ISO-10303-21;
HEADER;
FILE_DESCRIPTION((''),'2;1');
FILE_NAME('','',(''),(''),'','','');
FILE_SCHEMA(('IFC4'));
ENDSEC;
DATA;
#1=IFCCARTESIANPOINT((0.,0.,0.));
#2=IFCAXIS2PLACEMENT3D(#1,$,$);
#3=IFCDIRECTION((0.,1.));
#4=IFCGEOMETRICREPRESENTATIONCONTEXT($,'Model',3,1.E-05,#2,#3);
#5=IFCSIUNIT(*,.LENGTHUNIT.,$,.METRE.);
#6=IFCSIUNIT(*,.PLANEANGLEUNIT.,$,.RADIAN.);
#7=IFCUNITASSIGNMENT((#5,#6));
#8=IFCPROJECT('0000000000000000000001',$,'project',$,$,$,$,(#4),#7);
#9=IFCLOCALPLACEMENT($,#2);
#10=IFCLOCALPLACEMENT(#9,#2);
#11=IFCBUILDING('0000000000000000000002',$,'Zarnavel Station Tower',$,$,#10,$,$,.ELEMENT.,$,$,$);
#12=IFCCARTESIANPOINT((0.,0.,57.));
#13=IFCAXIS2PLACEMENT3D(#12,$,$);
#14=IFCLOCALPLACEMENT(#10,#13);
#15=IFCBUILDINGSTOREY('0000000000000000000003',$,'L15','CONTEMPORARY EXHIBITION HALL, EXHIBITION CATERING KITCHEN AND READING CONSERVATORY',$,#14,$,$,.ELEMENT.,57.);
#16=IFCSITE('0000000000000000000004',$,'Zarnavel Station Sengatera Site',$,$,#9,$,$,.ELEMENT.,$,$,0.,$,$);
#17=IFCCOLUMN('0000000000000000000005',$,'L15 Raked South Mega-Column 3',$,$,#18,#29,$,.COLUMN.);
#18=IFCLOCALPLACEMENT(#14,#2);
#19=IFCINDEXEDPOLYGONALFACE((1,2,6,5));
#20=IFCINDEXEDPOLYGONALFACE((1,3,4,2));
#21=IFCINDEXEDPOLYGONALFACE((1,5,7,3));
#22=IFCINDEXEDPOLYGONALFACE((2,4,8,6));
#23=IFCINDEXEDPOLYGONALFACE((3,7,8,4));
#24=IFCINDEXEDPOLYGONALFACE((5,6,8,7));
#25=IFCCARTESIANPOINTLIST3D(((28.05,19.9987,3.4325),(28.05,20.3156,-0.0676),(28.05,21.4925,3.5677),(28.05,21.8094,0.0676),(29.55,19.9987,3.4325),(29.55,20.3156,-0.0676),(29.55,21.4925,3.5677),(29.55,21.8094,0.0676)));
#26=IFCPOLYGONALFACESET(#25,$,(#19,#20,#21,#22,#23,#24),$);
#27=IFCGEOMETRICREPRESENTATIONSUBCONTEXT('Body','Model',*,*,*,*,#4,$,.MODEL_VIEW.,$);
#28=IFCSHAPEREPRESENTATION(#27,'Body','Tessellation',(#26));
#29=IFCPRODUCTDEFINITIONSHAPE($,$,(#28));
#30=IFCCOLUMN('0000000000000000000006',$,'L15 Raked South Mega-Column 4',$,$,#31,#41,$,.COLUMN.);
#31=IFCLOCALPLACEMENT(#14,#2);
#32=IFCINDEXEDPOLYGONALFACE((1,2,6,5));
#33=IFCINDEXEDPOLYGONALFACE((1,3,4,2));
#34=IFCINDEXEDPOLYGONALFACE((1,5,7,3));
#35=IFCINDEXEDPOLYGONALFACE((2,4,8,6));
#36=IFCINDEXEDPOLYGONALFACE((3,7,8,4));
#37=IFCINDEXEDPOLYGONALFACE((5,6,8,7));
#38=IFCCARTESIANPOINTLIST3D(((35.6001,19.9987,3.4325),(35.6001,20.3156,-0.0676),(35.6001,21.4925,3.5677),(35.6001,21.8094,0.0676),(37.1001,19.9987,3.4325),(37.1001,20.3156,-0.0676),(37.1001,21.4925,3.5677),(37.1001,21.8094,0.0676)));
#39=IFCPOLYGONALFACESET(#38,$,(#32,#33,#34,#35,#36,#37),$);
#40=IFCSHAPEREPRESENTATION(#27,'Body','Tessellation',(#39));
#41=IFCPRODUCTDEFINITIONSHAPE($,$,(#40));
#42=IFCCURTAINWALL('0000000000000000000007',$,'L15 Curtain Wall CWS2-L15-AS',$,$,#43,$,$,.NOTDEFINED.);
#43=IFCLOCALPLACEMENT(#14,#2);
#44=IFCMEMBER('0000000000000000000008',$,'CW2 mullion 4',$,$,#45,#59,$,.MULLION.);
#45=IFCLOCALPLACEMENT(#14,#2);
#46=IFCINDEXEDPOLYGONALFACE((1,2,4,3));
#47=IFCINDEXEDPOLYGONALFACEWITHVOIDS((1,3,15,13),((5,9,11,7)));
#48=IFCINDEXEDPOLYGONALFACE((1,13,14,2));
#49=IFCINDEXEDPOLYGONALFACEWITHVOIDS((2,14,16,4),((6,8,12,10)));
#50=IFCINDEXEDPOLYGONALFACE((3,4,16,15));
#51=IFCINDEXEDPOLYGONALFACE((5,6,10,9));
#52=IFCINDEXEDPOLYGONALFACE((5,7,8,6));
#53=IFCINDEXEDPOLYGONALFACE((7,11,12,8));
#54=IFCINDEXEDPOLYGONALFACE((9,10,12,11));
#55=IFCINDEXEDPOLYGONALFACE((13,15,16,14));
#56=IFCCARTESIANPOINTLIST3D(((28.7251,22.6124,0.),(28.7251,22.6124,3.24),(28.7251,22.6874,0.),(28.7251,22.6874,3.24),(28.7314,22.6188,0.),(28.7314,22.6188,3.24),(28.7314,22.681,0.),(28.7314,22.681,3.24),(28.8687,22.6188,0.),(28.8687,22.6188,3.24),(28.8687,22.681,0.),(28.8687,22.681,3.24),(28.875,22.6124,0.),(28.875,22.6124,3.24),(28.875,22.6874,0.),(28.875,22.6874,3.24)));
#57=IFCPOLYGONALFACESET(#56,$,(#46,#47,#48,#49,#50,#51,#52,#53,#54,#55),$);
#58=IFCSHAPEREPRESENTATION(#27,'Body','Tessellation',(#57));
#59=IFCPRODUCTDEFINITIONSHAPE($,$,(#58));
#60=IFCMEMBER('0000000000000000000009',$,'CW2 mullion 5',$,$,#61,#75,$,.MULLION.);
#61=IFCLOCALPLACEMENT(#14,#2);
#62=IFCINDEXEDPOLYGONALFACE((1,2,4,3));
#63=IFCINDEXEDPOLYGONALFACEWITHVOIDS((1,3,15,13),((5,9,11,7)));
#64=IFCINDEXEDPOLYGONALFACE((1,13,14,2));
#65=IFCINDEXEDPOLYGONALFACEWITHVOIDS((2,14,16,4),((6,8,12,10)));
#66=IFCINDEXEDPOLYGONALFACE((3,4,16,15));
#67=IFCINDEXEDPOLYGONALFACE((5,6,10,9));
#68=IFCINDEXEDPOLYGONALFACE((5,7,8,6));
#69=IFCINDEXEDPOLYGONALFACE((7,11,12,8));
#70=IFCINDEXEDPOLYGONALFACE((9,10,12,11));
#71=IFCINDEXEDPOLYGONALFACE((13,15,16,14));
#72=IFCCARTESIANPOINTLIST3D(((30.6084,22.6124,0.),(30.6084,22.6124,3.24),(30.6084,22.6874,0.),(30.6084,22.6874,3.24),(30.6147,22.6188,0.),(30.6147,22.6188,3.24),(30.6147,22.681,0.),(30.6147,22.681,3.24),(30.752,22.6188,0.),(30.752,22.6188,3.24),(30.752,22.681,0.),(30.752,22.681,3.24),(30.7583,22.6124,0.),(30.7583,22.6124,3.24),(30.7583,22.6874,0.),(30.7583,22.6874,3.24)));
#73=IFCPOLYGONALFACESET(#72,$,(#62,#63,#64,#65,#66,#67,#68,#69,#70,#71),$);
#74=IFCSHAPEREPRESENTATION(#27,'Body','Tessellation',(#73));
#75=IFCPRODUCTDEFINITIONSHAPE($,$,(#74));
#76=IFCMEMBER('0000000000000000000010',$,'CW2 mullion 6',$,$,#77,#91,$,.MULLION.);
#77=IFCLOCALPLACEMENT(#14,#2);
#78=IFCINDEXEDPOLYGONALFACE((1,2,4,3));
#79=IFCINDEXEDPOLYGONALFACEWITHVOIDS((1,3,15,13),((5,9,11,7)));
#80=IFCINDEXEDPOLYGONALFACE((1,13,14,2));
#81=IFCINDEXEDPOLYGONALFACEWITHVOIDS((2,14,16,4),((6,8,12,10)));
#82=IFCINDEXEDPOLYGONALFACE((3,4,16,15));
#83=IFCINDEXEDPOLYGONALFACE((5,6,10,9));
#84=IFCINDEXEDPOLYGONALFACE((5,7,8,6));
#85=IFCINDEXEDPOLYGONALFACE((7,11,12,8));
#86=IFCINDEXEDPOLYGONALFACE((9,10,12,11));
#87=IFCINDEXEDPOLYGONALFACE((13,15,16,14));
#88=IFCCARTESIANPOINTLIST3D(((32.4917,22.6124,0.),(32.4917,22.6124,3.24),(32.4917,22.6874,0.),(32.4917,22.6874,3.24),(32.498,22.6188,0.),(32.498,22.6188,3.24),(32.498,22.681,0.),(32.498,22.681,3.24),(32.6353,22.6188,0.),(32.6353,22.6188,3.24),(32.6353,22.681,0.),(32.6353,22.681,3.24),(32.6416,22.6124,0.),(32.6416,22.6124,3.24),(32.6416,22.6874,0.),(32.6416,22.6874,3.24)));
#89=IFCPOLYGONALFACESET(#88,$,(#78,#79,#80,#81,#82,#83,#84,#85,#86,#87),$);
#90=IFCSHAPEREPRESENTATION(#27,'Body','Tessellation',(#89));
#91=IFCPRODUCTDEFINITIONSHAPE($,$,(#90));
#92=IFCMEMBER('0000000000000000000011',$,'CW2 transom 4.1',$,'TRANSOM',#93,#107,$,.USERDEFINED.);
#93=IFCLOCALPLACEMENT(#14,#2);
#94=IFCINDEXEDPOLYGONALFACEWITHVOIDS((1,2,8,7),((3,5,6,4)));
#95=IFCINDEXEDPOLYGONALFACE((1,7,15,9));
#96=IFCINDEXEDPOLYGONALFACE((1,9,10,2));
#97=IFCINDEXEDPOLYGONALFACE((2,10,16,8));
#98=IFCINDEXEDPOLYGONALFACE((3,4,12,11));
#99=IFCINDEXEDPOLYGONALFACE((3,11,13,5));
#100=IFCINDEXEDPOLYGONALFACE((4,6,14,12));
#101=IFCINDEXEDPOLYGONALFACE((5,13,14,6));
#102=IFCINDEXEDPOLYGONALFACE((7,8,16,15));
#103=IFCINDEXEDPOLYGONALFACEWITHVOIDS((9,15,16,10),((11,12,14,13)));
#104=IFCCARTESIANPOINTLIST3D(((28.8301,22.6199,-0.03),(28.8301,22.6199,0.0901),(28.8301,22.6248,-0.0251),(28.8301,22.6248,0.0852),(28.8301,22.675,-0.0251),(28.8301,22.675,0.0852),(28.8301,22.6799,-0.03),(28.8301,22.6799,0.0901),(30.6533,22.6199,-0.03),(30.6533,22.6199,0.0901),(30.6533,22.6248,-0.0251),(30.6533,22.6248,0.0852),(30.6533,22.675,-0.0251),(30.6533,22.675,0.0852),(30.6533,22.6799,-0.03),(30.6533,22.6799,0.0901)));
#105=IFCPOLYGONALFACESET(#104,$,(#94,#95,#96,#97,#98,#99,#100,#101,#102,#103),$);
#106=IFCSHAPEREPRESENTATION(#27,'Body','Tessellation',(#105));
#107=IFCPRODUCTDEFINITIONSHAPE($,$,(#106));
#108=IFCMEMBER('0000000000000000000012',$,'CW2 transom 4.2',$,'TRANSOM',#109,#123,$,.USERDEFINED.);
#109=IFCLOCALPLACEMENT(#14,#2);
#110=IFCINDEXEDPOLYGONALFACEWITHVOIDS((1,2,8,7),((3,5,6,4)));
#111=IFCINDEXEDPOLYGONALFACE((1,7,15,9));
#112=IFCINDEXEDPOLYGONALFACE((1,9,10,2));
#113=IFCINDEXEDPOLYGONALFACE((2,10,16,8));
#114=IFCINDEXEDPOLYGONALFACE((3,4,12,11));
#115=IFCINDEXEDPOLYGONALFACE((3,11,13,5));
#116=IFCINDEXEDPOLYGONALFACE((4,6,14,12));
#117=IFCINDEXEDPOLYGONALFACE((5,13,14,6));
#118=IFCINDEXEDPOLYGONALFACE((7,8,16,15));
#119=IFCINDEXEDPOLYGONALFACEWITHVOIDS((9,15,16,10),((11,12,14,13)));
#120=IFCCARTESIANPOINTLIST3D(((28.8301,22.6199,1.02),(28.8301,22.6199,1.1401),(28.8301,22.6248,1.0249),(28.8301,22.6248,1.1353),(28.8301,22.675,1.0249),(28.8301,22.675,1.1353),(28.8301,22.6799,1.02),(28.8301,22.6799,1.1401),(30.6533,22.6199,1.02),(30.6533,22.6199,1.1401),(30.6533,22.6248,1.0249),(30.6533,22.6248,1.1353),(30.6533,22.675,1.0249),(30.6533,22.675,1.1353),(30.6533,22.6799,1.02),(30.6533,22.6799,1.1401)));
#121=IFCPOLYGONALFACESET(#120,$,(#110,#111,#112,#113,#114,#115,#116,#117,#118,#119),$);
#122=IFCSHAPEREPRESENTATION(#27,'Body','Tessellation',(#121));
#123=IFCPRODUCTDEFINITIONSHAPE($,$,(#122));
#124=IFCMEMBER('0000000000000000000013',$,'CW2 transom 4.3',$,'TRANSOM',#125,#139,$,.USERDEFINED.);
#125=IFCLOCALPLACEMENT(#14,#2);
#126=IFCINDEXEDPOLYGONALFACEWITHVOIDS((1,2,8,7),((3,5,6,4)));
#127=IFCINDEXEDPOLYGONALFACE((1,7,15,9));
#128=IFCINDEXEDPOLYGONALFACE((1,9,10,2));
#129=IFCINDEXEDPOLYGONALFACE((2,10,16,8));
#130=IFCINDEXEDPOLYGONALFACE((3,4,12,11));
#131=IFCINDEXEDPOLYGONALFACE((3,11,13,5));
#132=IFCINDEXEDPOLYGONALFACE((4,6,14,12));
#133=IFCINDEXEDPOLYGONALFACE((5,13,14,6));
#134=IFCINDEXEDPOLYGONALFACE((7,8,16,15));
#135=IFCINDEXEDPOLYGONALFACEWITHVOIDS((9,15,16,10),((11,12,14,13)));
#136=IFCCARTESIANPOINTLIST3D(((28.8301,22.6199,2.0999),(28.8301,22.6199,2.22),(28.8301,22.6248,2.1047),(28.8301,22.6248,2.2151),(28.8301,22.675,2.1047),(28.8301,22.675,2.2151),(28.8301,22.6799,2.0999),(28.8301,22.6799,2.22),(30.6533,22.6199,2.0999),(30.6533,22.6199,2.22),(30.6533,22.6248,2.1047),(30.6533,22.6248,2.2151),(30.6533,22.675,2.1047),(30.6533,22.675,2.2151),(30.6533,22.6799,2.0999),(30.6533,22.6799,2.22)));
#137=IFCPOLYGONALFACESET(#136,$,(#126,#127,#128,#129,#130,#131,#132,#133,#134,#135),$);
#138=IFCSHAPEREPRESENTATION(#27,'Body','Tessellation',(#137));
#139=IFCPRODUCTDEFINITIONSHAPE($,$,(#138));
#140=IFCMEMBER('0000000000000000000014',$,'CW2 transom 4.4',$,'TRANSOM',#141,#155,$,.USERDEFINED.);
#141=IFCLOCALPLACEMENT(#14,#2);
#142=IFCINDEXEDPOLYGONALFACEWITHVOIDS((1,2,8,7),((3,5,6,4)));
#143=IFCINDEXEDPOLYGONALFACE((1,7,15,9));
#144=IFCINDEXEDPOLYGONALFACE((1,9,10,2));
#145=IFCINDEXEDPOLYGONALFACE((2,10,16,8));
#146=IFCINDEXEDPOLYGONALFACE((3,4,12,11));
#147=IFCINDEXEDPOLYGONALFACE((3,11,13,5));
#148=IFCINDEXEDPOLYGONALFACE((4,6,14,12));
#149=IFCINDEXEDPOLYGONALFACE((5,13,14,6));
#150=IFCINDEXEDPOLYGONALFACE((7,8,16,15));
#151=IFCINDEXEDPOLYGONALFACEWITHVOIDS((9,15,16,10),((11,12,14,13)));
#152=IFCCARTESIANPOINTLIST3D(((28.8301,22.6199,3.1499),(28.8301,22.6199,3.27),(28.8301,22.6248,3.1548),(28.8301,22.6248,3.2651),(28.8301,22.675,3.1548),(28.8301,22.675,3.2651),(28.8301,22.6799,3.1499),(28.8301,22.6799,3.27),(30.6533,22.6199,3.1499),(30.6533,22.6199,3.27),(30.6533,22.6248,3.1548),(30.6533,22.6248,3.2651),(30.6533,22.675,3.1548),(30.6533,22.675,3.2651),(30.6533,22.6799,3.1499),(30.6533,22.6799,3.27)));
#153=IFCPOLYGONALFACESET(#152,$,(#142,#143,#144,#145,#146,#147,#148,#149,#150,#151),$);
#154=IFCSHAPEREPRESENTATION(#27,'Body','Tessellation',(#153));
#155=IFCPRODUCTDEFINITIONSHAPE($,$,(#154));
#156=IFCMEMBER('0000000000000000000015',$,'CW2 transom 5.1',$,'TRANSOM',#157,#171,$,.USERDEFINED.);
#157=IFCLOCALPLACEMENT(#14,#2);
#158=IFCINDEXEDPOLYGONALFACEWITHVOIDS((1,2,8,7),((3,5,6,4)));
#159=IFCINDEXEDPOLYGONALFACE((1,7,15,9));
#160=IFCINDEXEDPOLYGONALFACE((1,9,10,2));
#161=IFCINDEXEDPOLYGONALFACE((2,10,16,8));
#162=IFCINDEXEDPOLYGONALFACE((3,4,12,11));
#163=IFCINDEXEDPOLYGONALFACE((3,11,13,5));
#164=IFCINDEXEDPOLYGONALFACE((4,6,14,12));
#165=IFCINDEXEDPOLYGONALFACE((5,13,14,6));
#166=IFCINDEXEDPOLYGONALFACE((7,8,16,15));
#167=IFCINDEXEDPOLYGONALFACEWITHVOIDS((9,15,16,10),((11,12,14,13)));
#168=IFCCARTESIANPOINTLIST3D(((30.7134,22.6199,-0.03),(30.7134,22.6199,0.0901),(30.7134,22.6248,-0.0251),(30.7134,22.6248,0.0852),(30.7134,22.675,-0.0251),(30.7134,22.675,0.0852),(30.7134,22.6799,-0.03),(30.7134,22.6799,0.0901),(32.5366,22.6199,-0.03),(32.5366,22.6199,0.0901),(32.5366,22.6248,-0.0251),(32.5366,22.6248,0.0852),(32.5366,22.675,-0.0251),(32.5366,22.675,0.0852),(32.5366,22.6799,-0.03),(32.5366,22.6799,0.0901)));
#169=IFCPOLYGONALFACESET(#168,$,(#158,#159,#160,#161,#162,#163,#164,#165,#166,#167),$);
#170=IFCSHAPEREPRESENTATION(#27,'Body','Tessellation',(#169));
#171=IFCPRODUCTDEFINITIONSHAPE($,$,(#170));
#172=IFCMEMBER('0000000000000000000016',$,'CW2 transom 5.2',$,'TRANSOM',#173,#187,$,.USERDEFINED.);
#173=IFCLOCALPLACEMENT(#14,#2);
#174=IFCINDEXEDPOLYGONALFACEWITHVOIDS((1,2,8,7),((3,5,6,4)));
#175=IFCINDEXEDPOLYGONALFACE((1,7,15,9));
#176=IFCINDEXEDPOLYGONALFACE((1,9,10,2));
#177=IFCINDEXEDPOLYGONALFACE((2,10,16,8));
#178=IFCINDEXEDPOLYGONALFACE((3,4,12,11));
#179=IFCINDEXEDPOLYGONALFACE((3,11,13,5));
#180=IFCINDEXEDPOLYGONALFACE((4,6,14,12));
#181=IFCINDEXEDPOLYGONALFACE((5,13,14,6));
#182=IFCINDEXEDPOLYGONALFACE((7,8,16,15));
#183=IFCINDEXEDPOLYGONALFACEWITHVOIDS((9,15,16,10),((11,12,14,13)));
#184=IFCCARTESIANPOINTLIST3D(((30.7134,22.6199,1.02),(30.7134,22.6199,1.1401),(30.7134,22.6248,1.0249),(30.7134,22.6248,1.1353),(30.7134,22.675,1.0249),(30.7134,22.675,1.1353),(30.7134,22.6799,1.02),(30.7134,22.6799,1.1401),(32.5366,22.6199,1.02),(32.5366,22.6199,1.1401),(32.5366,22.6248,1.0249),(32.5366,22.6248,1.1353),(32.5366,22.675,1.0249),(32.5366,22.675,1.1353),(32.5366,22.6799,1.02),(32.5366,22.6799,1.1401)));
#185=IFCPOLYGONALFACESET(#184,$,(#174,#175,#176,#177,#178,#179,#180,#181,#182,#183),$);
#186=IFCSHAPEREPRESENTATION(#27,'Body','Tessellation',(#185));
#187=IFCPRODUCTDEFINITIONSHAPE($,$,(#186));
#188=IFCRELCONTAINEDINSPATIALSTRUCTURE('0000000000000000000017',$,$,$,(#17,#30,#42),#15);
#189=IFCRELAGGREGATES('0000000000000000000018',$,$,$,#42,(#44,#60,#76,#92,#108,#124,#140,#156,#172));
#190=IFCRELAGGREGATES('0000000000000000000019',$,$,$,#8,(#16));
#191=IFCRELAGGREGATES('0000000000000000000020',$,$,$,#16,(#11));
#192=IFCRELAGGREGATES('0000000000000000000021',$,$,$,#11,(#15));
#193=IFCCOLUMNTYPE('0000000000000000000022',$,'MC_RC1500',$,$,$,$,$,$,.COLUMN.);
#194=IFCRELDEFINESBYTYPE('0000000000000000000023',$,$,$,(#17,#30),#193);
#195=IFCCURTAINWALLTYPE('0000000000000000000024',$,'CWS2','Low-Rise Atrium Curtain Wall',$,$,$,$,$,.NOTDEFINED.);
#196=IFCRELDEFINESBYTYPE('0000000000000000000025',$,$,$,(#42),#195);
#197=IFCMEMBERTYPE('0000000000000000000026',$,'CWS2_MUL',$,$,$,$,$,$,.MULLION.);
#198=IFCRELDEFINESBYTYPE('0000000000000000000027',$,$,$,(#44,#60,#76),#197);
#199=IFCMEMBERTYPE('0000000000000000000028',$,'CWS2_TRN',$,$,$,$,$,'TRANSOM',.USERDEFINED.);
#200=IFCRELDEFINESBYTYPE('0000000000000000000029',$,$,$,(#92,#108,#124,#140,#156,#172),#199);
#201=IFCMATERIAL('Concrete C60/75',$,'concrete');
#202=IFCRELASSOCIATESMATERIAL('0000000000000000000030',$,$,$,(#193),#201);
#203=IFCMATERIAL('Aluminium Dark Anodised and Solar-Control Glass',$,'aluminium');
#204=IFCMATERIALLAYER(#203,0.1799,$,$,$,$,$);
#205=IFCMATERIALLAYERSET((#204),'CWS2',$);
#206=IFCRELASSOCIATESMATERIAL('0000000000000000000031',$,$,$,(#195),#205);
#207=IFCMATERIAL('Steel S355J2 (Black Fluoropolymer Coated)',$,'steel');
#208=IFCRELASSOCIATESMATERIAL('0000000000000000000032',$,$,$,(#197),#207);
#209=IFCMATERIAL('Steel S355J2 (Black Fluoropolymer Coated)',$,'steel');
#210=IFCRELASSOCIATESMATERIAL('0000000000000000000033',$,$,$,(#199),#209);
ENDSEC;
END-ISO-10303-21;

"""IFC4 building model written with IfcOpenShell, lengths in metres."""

from ifc_helpers import new_model, si_unit, direction, frame, origin, origin_2d, place, context, subcontext, project, spatial, rectangle, hollow_rectangle, extrude, material, layer, layer_set, material_profile, profile_set, type_object, element, aggregate, save


model = new_model("IFC4")

# Units and contexts
model_context = context("Model", 3, precision=1e-05, world=origin(), true_north=direction((0.0, 1.0)))
body_context = subcontext(model_context, "Body", "Model", "MODEL_VIEW")
ifc_project = project(units=[si_unit("LENGTHUNIT", "METRE"), si_unit("PLANEANGLEUNIT", "RADIAN")], contexts=[model_context])

# Site, building, storey
site_placement = place(None, origin())
site = spatial("IfcSite", under=ifc_project, at=site_placement, Name="Zarnavel Station Sengatera Site", CompositionType="ELEMENT", RefElevation=0.0)
building_placement = place(site_placement, origin())
building = spatial("IfcBuilding", under=site, at=building_placement, Name="Zarnavel Station Tower", CompositionType="ELEMENT")
storey_placement = place(building_placement, frame((0.0, 0.0, 57.0)))
storey = spatial("IfcBuildingStorey", under=building, at=storey_placement, Name="L15", Description="CONTEMPORARY EXHIBITION HALL, EXHIBITION CATERING KITCHEN AND READING CONSERVATORY", CompositionType="ELEMENT", Elevation=57.0)

# Columns
ifc_material_1 = material(Name="Concrete C60/75", Category="concrete")
ifc_material_profile_1 = material_profile(ifc_material_1, rectangle(XDim=1.5, YDim=1.5, at=origin_2d()), Name="RC1500x1500")
ifc_profile_set_1 = profile_set([ifc_material_profile_1], Name="Concrete C60/75")
column_type = type_object("IfcColumnType", Name="MC_RC1500", PredefinedType="COLUMN", material=ifc_profile_set_1)
for number, where, z_axis, x_axis, name in (
    (1, (28.8, 21.0625, 0.0), (0.0, -0.090172, 0.995926), (1.0, 0.0, 0.0), "L15 Raked South Mega-Column 3"),
    (2, (36.3501, 21.0625, 0.0), (0.0, -0.090172, 0.995926), (1.0, 0.0, 0.0), "L15 Raked South Mega-Column 4"),
):
    element("IfcColumn", number, at=place(storey_placement, frame(where, z_axis=z_axis, x_axis=x_axis)), inside=storey, type_object=column_type, Name=name, PredefinedType="COLUMN", context=body_context, shape_type="SweptSolid", body=[
        extrude(rectangle(XDim=1.5, YDim=1.5, at=origin_2d()), origin(), (0.0, 0.0, 1.0), 3.5144),
    ])

# Curtain wall, members
ifc_material_2 = material(Name="Aluminium Dark Anodised and Solar-Control Glass", Category="aluminium")
ifc_layer_1 = layer(ifc_material_2, 0.1799)
ifc_layer_set_1 = layer_set([ifc_layer_1], Name="CWS2")
curtain_wall_type = type_object("IfcCurtainWallType", Name="CWS2", Description="Low-Rise Atrium Curtain Wall", PredefinedType="NOTDEFINED", material=ifc_layer_set_1)
curtain_wall_placement = place(storey_placement, origin())
curtain_wall = element("IfcCurtainWall", 3, at=curtain_wall_placement, inside=storey, type_object=curtain_wall_type, Name="L15 Curtain Wall CWS2-L15-AS", PredefinedType="NOTDEFINED")
ifc_material_3 = material(Name="Steel S355J2 (Black Fluoropolymer Coated)", Category="steel")
ifc_material_profile_2 = material_profile(ifc_material_3, hollow_rectangle(XDim=0.075, YDim=0.1499, WallThickness=0.0063, at=origin_2d()), Name="RHS150x75x6.3")
ifc_profile_set_2 = profile_set([ifc_material_profile_2], Name="Steel S355J2 (Black Fluoropolymer Coated)")
member_type_1 = type_object("IfcMemberType", Name="CWS2_MUL", PredefinedType="MULLION", material=ifc_profile_set_2)
member_1_placement = place(storey_placement, frame((28.8, 22.6499, 0.0), z_axis=(0.0, 0.0, 1.0), x_axis=(0.0, 1.0, 0.0)))
member_1 = element("IfcMember", 4, at=member_1_placement, type_object=member_type_1, Name="CW2 mullion 4", PredefinedType="MULLION", context=body_context, shape_type="SweptSolid", body=[
    extrude(hollow_rectangle(XDim=0.075, YDim=0.1499, WallThickness=0.0063, at=origin_2d()), origin(), (0.0, 0.0, 1.0), 3.24),
])
member_2_placement = place(storey_placement, frame((30.6833, 22.6499, 0.0), z_axis=(0.0, 0.0, 1.0), x_axis=(0.0, 1.0, 0.0)))
member_2 = element("IfcMember", 5, at=member_2_placement, type_object=member_type_1, Name="CW2 mullion 5", PredefinedType="MULLION", context=body_context, shape_type="SweptSolid", body=[
    extrude(hollow_rectangle(XDim=0.075, YDim=0.1499, WallThickness=0.0063, at=origin_2d()), origin(), (0.0, 0.0, 1.0), 3.24),
])
member_3_placement = place(storey_placement, frame((32.5667, 22.6499, 0.0), z_axis=(0.0, 0.0, 1.0), x_axis=(0.0, 1.0, 0.0)))
member_3 = element("IfcMember", 6, at=member_3_placement, type_object=member_type_1, Name="CW2 mullion 6", PredefinedType="MULLION", context=body_context, shape_type="SweptSolid", body=[
    extrude(hollow_rectangle(XDim=0.075, YDim=0.1499, WallThickness=0.0063, at=origin_2d()), origin(), (0.0, 0.0, 1.0), 3.24),
])
ifc_material_4 = material(Name="Steel S355J2 (Black Fluoropolymer Coated)", Category="steel")
ifc_material_profile_3 = material_profile(ifc_material_4, hollow_rectangle(XDim=0.0601, YDim=0.1201, WallThickness=0.0049, at=origin_2d()), Name="RHS120x60x5")
ifc_profile_set_3 = profile_set([ifc_material_profile_3], Name="Steel S355J2 (Black Fluoropolymer Coated)")
member_type_2 = type_object("IfcMemberType", Name="CWS2_TRN", ElementType="TRANSOM", PredefinedType="USERDEFINED", material=ifc_profile_set_3)
member_4_placement = place(storey_placement, frame((28.8301, 22.6499, 0.03), z_axis=(1.0, 0.0, 0.0), x_axis=(0.0, 1.0, 0.0)))
member_4 = element("IfcMember", 7, at=member_4_placement, type_object=member_type_2, Name="CW2 transom 4.1", ObjectType="TRANSOM", PredefinedType="USERDEFINED", context=body_context, shape_type="SweptSolid", body=[
    extrude(hollow_rectangle(XDim=0.0601, YDim=0.1201, WallThickness=0.0049, at=origin_2d()), origin(), (0.0, 0.0, 1.0), 1.8232),
])
member_5_placement = place(storey_placement, frame((28.8301, 22.6499, 1.0801), z_axis=(1.0, 0.0, 0.0), x_axis=(0.0, 1.0, 0.0)))
member_5 = element("IfcMember", 8, at=member_5_placement, type_object=member_type_2, Name="CW2 transom 4.2", ObjectType="TRANSOM", PredefinedType="USERDEFINED", context=body_context, shape_type="SweptSolid", body=[
    extrude(hollow_rectangle(XDim=0.0601, YDim=0.1201, WallThickness=0.0049, at=origin_2d()), origin(), (0.0, 0.0, 1.0), 1.8232),
])
member_6_placement = place(storey_placement, frame((28.8301, 22.6499, 2.1599), z_axis=(1.0, 0.0, 0.0), x_axis=(0.0, 1.0, 0.0)))
member_6 = element("IfcMember", 9, at=member_6_placement, type_object=member_type_2, Name="CW2 transom 4.3", ObjectType="TRANSOM", PredefinedType="USERDEFINED", context=body_context, shape_type="SweptSolid", body=[
    extrude(hollow_rectangle(XDim=0.0601, YDim=0.1201, WallThickness=0.0049, at=origin_2d()), origin(), (0.0, 0.0, 1.0), 1.8232),
])
member_7_placement = place(storey_placement, frame((28.8301, 22.6499, 3.21), z_axis=(1.0, 0.0, 0.0), x_axis=(0.0, 1.0, 0.0)))
member_7 = element("IfcMember", 10, at=member_7_placement, type_object=member_type_2, Name="CW2 transom 4.4", ObjectType="TRANSOM", PredefinedType="USERDEFINED", context=body_context, shape_type="SweptSolid", body=[
    extrude(hollow_rectangle(XDim=0.0601, YDim=0.1201, WallThickness=0.0049, at=origin_2d()), origin(), (0.0, 0.0, 1.0), 1.8232),
])
member_8_placement = place(storey_placement, frame((30.7134, 22.6499, 0.03), z_axis=(1.0, 0.0, 0.0), x_axis=(0.0, 1.0, 0.0)))
member_8 = element("IfcMember", 11, at=member_8_placement, type_object=member_type_2, Name="CW2 transom 5.1", ObjectType="TRANSOM", PredefinedType="USERDEFINED", context=body_context, shape_type="SweptSolid", body=[
    extrude(hollow_rectangle(XDim=0.0601, YDim=0.1201, WallThickness=0.0049, at=origin_2d()), origin(), (0.0, 0.0, 1.0), 1.8232),
])
member_9_placement = place(storey_placement, frame((30.7134, 22.6499, 1.0801), z_axis=(1.0, 0.0, 0.0), x_axis=(0.0, 1.0, 0.0)))
member_9 = element("IfcMember", 12, at=member_9_placement, type_object=member_type_2, Name="CW2 transom 5.2", ObjectType="TRANSOM", PredefinedType="USERDEFINED", context=body_context, shape_type="SweptSolid", body=[
    extrude(hollow_rectangle(XDim=0.0601, YDim=0.1201, WallThickness=0.0049, at=origin_2d()), origin(), (0.0, 0.0, 1.0), 1.8232),
])

aggregate(curtain_wall, [member_1, member_2, member_3, member_4, member_5, member_6, member_7, member_8, member_9])

save(model, "model.ifc")
